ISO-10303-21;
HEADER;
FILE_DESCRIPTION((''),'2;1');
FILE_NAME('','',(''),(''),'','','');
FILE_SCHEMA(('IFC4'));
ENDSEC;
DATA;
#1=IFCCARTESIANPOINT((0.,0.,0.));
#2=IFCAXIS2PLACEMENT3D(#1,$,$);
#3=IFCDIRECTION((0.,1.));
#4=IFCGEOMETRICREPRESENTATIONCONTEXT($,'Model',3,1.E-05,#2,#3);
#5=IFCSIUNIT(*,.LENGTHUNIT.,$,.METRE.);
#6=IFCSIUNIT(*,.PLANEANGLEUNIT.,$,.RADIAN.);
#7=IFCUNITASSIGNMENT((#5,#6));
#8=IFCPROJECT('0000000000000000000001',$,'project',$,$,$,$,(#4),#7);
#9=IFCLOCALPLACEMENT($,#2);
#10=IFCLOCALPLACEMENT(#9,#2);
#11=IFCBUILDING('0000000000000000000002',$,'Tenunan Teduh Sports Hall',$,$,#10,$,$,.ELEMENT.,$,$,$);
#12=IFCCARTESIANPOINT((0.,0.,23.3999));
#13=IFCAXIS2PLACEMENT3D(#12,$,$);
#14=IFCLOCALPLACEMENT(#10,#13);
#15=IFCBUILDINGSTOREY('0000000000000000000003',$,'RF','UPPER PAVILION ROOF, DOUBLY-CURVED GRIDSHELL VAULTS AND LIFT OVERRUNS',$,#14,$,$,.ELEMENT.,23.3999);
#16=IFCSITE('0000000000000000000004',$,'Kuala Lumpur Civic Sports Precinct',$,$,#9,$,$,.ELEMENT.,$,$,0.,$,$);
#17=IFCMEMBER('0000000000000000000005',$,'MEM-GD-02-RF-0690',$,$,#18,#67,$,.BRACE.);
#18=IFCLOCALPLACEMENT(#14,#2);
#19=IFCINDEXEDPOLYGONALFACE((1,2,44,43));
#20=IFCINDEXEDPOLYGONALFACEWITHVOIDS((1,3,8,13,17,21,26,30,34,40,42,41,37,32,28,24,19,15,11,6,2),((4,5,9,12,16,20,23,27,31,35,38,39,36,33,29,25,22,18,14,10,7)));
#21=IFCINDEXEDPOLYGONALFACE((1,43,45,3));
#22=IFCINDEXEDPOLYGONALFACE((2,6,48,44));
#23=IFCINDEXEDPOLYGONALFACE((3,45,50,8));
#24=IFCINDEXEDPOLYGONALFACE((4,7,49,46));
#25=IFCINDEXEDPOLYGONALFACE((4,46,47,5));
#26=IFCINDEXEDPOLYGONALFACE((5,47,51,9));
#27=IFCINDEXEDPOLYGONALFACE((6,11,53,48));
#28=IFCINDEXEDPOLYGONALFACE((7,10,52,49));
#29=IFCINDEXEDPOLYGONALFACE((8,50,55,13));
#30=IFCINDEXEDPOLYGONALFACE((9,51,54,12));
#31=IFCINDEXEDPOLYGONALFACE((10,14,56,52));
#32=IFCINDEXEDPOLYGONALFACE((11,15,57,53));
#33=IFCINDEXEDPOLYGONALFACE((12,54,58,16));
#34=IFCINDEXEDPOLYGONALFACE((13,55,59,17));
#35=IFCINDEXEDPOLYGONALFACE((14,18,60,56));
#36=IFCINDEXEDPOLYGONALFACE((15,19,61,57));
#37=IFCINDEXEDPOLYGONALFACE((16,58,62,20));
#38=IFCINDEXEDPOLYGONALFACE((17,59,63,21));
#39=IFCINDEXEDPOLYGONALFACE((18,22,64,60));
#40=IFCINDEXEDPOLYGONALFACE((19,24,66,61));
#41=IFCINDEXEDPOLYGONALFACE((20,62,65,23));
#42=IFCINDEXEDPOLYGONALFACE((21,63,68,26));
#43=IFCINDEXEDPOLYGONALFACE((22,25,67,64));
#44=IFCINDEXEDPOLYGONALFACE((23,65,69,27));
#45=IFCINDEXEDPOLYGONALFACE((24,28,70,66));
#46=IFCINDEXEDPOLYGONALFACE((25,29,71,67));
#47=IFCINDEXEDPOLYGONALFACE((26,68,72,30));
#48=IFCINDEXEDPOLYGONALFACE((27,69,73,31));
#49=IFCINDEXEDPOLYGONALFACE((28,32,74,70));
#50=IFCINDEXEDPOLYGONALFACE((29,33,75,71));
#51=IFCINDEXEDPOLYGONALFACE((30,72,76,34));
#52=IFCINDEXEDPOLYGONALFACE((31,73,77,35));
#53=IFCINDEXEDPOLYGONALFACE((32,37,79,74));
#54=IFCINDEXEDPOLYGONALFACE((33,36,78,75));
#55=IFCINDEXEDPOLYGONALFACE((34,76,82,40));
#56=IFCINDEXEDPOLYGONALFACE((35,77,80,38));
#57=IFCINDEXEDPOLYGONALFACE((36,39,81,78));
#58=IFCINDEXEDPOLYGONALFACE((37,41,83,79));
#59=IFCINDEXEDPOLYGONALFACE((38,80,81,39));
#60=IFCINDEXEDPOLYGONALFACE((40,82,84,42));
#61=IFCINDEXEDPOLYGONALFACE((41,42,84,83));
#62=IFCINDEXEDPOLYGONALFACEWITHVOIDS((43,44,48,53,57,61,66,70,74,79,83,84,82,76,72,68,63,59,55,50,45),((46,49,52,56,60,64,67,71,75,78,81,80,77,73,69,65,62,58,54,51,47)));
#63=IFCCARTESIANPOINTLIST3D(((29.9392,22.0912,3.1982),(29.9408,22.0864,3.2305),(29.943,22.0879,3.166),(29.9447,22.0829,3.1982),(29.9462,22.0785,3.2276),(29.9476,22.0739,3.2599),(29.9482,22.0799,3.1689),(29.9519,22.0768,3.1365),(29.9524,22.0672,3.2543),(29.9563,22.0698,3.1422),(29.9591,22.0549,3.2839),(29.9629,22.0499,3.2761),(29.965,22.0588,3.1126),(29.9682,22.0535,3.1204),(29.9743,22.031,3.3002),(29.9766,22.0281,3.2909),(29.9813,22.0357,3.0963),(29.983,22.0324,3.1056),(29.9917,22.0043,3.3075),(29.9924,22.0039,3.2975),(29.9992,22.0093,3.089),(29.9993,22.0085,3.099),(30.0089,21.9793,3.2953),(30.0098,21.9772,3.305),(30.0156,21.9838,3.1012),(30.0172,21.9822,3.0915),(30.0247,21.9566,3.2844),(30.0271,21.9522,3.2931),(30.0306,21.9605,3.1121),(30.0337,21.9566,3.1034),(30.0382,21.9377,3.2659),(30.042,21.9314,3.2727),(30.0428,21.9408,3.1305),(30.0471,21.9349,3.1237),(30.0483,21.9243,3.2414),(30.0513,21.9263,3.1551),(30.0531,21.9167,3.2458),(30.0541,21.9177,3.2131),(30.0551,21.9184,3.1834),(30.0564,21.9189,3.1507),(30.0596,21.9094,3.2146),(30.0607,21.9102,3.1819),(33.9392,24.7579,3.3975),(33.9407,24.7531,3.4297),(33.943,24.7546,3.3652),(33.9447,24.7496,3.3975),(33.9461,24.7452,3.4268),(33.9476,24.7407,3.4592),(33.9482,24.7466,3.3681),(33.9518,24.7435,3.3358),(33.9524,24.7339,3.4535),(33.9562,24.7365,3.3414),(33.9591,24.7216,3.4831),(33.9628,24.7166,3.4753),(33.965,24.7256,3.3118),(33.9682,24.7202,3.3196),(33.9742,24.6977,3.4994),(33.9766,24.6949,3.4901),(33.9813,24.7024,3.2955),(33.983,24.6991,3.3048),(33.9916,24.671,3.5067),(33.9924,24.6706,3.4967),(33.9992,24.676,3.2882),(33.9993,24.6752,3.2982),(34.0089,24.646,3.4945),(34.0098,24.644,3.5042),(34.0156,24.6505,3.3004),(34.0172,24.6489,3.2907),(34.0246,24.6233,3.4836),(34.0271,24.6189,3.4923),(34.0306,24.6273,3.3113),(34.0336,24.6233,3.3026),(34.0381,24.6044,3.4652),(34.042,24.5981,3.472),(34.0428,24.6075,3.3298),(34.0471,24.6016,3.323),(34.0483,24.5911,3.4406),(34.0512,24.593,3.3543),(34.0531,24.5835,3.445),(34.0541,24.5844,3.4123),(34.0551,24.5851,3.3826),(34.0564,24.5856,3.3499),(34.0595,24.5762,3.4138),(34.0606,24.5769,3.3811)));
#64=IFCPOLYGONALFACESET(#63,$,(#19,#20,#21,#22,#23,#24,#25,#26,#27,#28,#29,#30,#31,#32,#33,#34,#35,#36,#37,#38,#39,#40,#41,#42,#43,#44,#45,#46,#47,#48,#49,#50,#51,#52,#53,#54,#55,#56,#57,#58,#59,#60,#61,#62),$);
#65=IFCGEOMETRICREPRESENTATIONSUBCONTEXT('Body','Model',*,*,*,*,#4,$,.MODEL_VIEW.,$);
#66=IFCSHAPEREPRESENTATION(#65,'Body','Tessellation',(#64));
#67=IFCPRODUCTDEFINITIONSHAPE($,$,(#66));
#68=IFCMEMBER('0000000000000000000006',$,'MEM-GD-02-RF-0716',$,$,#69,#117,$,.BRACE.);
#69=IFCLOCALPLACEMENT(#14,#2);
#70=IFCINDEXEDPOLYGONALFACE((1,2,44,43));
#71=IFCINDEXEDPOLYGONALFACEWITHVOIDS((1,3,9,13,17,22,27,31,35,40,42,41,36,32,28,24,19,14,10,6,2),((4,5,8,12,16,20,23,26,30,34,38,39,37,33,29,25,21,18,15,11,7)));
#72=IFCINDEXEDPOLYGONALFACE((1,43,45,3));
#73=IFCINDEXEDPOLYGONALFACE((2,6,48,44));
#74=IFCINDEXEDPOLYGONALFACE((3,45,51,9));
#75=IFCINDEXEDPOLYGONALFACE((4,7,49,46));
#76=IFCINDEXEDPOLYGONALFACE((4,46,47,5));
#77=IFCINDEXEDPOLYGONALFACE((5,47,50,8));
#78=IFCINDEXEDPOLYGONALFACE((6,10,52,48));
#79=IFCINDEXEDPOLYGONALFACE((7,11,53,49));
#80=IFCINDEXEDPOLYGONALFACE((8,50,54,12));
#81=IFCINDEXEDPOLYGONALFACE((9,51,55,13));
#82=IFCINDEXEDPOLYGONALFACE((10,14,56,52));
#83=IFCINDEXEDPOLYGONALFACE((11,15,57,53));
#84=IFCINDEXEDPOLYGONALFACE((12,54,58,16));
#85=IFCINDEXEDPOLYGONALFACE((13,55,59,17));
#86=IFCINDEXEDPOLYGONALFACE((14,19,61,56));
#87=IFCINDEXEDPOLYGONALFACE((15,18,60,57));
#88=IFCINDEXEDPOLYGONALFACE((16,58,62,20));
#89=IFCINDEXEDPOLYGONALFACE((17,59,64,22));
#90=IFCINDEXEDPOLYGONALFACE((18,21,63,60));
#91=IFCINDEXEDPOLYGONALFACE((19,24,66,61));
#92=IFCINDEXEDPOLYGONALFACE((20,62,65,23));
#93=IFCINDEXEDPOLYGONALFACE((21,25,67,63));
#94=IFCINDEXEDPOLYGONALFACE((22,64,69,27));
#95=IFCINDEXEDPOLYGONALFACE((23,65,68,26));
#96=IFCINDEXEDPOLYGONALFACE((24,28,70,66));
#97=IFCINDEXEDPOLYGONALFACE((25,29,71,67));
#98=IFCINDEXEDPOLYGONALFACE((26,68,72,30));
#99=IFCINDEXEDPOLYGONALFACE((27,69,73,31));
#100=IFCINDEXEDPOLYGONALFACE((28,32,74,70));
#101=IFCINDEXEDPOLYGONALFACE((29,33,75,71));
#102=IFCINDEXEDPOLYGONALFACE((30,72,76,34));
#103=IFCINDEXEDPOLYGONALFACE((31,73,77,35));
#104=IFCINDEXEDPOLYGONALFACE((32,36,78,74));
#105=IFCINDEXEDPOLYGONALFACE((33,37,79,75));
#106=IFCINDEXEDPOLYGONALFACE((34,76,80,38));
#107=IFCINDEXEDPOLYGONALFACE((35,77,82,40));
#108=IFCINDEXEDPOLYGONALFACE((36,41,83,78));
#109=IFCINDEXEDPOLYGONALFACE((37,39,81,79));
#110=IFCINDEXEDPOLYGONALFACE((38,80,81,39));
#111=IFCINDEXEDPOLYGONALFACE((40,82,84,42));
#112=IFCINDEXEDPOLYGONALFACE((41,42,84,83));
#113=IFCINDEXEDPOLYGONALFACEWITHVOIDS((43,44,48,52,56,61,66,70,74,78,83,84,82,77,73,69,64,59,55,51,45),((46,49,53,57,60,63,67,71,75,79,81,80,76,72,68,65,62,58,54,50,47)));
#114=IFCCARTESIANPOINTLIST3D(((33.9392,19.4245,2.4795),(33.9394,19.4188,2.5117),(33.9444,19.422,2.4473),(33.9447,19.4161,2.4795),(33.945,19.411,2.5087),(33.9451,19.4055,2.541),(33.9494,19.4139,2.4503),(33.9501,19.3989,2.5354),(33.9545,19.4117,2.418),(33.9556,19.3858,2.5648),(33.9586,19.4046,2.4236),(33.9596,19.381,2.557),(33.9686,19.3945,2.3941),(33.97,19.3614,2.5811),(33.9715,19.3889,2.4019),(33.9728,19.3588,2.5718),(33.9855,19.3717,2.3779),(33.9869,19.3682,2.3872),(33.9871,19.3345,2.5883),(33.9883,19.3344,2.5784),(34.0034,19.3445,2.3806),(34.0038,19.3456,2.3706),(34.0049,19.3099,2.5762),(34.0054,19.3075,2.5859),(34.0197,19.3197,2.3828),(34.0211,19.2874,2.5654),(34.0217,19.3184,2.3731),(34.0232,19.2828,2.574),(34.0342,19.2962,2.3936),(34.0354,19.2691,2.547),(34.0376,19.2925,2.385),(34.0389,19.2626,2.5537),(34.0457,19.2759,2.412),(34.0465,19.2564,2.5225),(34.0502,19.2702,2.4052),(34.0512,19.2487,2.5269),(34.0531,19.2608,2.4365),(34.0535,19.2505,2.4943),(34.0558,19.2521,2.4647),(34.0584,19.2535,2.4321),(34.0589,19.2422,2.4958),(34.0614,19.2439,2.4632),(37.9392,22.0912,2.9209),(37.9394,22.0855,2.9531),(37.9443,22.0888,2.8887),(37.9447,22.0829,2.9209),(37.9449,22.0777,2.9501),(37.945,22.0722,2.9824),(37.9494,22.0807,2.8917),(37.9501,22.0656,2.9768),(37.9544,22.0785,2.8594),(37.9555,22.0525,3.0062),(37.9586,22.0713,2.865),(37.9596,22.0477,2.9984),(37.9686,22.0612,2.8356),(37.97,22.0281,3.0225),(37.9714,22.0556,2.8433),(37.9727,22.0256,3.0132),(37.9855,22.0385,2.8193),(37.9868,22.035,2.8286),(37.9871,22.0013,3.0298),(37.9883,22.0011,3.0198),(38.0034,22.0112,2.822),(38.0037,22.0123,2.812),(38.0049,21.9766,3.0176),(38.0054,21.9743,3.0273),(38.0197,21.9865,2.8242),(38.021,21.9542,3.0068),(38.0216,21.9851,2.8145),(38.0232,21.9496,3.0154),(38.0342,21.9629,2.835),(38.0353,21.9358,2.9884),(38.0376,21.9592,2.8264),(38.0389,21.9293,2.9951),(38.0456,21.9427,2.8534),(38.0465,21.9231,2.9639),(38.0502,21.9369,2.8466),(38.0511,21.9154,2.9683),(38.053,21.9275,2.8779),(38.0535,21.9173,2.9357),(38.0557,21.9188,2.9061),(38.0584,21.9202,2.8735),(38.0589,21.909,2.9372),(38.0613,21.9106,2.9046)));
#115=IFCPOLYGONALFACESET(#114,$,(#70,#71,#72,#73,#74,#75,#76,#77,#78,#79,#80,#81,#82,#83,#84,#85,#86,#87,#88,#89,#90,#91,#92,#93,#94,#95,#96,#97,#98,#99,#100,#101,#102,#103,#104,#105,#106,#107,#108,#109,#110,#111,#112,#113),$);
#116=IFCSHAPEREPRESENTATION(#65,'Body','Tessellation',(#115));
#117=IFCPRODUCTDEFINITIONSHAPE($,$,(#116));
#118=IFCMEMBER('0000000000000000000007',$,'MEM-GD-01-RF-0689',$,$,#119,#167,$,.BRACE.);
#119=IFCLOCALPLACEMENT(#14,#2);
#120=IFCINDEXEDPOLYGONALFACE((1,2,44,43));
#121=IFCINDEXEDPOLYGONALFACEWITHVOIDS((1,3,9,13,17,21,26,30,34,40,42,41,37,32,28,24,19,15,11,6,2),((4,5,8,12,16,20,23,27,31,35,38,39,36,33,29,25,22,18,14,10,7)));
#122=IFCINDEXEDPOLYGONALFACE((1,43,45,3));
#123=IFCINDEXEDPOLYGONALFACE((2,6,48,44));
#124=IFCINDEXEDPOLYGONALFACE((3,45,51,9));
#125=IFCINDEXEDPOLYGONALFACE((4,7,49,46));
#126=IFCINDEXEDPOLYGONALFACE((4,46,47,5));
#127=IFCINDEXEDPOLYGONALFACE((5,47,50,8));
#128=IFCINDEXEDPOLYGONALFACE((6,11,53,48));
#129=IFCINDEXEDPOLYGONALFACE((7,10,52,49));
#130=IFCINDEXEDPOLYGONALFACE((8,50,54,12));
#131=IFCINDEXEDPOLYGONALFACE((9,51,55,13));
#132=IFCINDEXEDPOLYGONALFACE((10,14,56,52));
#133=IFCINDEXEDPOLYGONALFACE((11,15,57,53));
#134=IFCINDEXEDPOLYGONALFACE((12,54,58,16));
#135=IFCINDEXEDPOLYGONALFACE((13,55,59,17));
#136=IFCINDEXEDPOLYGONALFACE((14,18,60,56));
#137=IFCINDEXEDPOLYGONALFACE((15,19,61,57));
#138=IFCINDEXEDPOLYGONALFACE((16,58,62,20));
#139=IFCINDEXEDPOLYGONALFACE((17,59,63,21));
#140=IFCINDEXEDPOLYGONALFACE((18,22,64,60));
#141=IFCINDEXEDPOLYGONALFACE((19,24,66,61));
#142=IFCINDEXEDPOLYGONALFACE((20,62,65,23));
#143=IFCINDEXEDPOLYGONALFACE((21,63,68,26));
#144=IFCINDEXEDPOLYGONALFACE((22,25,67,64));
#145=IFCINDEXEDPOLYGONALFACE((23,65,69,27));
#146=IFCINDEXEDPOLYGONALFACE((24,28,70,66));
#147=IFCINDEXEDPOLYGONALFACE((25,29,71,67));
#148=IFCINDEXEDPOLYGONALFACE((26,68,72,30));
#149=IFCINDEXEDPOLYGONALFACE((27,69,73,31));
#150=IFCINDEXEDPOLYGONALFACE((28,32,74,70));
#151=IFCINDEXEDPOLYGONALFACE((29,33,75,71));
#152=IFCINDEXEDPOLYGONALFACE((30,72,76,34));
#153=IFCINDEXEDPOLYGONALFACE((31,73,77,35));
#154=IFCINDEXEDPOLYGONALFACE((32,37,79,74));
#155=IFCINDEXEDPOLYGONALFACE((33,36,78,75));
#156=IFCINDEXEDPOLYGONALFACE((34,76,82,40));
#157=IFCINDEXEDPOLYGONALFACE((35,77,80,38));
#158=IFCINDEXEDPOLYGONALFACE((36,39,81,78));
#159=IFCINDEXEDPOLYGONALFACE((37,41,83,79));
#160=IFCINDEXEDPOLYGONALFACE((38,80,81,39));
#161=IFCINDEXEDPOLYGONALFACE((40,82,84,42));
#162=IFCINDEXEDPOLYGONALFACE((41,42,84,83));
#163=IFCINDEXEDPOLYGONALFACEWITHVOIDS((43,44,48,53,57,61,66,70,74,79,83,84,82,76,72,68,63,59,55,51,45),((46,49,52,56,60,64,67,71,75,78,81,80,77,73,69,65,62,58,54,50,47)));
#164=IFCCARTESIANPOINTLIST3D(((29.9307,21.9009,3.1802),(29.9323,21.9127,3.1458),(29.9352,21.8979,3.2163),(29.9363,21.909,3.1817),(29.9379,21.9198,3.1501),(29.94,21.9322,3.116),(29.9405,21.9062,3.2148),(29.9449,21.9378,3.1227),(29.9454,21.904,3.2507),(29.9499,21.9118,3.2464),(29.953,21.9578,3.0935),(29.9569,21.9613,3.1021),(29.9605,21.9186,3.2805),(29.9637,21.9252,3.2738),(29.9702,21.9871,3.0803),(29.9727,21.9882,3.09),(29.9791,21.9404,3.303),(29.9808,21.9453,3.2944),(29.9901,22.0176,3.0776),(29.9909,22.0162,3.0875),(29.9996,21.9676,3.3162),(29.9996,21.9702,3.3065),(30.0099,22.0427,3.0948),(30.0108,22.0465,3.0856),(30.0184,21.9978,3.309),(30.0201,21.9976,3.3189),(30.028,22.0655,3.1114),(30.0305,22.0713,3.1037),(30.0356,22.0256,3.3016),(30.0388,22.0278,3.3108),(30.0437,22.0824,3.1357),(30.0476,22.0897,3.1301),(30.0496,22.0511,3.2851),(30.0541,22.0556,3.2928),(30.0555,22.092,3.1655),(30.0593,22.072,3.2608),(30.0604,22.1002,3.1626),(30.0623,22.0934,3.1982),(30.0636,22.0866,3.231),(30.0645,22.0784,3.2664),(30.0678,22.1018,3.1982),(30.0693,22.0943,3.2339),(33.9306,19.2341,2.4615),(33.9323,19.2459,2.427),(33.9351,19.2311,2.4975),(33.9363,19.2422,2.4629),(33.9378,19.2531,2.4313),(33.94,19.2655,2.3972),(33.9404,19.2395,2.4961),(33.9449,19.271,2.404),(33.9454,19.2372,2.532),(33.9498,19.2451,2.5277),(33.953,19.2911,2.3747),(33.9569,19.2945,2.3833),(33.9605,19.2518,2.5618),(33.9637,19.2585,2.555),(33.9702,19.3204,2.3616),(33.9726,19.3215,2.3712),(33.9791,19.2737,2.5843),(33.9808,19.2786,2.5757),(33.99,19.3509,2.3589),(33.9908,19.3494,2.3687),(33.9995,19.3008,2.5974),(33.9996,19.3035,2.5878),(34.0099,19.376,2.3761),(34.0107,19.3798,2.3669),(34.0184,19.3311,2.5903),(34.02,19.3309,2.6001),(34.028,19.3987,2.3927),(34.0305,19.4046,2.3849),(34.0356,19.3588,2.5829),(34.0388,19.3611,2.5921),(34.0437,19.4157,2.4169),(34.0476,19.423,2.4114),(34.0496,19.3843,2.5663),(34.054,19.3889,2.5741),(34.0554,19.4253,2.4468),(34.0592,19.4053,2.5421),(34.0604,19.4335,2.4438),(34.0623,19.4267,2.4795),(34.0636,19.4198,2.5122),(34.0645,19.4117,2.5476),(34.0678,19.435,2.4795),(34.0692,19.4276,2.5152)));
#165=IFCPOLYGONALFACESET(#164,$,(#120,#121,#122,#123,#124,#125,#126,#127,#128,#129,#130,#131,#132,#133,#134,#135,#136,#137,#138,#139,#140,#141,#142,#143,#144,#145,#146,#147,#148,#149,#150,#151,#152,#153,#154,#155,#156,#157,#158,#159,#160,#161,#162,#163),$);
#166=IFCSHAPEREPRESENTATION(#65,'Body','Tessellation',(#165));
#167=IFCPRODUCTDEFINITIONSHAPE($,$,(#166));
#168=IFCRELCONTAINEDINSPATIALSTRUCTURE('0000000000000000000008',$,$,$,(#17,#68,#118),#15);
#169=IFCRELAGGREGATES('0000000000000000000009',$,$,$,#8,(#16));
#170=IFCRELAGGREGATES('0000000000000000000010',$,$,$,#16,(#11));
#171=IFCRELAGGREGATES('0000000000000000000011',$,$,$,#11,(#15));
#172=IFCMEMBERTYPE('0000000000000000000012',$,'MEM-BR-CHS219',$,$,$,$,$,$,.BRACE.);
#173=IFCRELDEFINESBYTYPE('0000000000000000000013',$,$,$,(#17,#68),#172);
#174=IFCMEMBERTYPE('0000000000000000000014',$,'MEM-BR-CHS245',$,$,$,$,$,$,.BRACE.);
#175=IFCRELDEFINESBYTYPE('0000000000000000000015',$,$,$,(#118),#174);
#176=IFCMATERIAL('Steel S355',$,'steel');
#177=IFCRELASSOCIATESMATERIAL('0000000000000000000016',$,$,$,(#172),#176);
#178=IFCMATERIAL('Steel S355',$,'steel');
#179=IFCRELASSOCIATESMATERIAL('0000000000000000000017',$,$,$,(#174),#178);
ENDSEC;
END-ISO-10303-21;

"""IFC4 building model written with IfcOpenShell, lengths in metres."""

from ifc_helpers import new_model, si_unit, direction, frame, origin, origin_2d, place, context, subcontext, project, spatial, hollow_circle, extrude, material, material_profile, profile_set, type_object, element, save


model = new_model("IFC4")

# Units and contexts
model_context = context("Model", 3, precision=1e-05, world=origin(), true_north=direction((0.0, 1.0)))
body_context = subcontext(model_context, "Body", "Model", "MODEL_VIEW")
ifc_project = project(units=[si_unit("LENGTHUNIT", "METRE"), si_unit("PLANEANGLEUNIT", "RADIAN")], contexts=[model_context])

# Site, building, storey
site_placement = place(None, origin())
site = spatial("IfcSite", under=ifc_project, at=site_placement, Name="Kuala Lumpur Civic Sports Precinct", CompositionType="ELEMENT", RefElevation=0.0)
building_placement = place(site_placement, origin())
building = spatial("IfcBuilding", under=site, at=building_placement, Name="Tenunan Teduh Sports Hall", CompositionType="ELEMENT")
storey_placement = place(building_placement, frame((0.0, 0.0, 23.3999)))
storey = spatial("IfcBuildingStorey", under=building, at=storey_placement, Name="RF", Description="UPPER PAVILION ROOF, DOUBLY-CURVED GRIDSHELL VAULTS AND LIFT OVERRUNS", CompositionType="ELEMENT", Elevation=23.3999)

# Members
ifc_material_1 = material(Name="Steel S355", Category="steel")
ifc_material_profile_1 = material_profile(ifc_material_1, hollow_circle(Radius=0.1096, WallThickness=0.01, at=origin_2d()), Name="CHS 219.1x10.0")
ifc_profile_set_1 = profile_set([ifc_material_profile_1], Name="Steel S355")
member_type_1 = type_object("IfcMemberType", Name="MEM-BR-CHS219", PredefinedType="BRACE", material=ifc_profile_set_1)
member_1_placement = place(storey_placement, frame((30.0, 22.0, 3.1982), z_axis=(0.831329, 0.554236, 0.041404), x_axis=(-0.554712, 0.832042, 0.0)))
element("IfcMember", 1, at=member_1_placement, inside=storey, type_object=member_type_1, Name="MEM-GD-02-RF-0690", PredefinedType="BRACE", context=body_context, shape_type="SweptSolid", body=[
    extrude(hollow_circle(Radius=0.1096, WallThickness=0.01, at=origin_2d()), origin(), (0.0, 0.0, 1.0), 4.8115),
])
member_2_placement = place(storey_placement, frame((34.0, 19.3333, 2.4795), z_axis=(0.828557, 0.552388, 0.091433), x_axis=(-0.554712, 0.832042, 0.0)))
element("IfcMember", 2, at=member_2_placement, inside=storey, type_object=member_type_1, Name="MEM-GD-02-RF-0716", PredefinedType="BRACE", context=body_context, shape_type="SweptSolid", body=[
    extrude(hollow_circle(Radius=0.1096, WallThickness=0.01, at=origin_2d()), origin(), (0.0, 0.0, 1.0), 4.8276),
])
ifc_material_2 = material(Name="Steel S355", Category="steel")
ifc_material_profile_2 = material_profile(ifc_material_2, hollow_circle(Radius=0.1223, WallThickness=0.01, at=origin_2d()), Name="CHS 244.5x10.0")
ifc_profile_set_2 = profile_set([ifc_material_profile_2], Name="Steel S355")
member_type_2 = type_object("IfcMemberType", Name="MEM-BR-CHS245", PredefinedType="BRACE", material=ifc_profile_set_2)
member_3_placement = place(storey_placement, frame((30.0, 22.0, 3.1982), z_axis=(0.822896, -0.548614, -0.147864), x_axis=(0.554712, 0.832042, 0.0)))
element("IfcMember", 3, at=member_3_placement, inside=storey, type_object=member_type_2, Name="MEM-GD-01-RF-0689", PredefinedType="BRACE", context=body_context, shape_type="SweptSolid", body=[
    extrude(hollow_circle(Radius=0.1223, WallThickness=0.01, at=origin_2d()), origin(), (0.0, 0.0, 1.0), 4.8608),
])

save(model, "model.ifc")
